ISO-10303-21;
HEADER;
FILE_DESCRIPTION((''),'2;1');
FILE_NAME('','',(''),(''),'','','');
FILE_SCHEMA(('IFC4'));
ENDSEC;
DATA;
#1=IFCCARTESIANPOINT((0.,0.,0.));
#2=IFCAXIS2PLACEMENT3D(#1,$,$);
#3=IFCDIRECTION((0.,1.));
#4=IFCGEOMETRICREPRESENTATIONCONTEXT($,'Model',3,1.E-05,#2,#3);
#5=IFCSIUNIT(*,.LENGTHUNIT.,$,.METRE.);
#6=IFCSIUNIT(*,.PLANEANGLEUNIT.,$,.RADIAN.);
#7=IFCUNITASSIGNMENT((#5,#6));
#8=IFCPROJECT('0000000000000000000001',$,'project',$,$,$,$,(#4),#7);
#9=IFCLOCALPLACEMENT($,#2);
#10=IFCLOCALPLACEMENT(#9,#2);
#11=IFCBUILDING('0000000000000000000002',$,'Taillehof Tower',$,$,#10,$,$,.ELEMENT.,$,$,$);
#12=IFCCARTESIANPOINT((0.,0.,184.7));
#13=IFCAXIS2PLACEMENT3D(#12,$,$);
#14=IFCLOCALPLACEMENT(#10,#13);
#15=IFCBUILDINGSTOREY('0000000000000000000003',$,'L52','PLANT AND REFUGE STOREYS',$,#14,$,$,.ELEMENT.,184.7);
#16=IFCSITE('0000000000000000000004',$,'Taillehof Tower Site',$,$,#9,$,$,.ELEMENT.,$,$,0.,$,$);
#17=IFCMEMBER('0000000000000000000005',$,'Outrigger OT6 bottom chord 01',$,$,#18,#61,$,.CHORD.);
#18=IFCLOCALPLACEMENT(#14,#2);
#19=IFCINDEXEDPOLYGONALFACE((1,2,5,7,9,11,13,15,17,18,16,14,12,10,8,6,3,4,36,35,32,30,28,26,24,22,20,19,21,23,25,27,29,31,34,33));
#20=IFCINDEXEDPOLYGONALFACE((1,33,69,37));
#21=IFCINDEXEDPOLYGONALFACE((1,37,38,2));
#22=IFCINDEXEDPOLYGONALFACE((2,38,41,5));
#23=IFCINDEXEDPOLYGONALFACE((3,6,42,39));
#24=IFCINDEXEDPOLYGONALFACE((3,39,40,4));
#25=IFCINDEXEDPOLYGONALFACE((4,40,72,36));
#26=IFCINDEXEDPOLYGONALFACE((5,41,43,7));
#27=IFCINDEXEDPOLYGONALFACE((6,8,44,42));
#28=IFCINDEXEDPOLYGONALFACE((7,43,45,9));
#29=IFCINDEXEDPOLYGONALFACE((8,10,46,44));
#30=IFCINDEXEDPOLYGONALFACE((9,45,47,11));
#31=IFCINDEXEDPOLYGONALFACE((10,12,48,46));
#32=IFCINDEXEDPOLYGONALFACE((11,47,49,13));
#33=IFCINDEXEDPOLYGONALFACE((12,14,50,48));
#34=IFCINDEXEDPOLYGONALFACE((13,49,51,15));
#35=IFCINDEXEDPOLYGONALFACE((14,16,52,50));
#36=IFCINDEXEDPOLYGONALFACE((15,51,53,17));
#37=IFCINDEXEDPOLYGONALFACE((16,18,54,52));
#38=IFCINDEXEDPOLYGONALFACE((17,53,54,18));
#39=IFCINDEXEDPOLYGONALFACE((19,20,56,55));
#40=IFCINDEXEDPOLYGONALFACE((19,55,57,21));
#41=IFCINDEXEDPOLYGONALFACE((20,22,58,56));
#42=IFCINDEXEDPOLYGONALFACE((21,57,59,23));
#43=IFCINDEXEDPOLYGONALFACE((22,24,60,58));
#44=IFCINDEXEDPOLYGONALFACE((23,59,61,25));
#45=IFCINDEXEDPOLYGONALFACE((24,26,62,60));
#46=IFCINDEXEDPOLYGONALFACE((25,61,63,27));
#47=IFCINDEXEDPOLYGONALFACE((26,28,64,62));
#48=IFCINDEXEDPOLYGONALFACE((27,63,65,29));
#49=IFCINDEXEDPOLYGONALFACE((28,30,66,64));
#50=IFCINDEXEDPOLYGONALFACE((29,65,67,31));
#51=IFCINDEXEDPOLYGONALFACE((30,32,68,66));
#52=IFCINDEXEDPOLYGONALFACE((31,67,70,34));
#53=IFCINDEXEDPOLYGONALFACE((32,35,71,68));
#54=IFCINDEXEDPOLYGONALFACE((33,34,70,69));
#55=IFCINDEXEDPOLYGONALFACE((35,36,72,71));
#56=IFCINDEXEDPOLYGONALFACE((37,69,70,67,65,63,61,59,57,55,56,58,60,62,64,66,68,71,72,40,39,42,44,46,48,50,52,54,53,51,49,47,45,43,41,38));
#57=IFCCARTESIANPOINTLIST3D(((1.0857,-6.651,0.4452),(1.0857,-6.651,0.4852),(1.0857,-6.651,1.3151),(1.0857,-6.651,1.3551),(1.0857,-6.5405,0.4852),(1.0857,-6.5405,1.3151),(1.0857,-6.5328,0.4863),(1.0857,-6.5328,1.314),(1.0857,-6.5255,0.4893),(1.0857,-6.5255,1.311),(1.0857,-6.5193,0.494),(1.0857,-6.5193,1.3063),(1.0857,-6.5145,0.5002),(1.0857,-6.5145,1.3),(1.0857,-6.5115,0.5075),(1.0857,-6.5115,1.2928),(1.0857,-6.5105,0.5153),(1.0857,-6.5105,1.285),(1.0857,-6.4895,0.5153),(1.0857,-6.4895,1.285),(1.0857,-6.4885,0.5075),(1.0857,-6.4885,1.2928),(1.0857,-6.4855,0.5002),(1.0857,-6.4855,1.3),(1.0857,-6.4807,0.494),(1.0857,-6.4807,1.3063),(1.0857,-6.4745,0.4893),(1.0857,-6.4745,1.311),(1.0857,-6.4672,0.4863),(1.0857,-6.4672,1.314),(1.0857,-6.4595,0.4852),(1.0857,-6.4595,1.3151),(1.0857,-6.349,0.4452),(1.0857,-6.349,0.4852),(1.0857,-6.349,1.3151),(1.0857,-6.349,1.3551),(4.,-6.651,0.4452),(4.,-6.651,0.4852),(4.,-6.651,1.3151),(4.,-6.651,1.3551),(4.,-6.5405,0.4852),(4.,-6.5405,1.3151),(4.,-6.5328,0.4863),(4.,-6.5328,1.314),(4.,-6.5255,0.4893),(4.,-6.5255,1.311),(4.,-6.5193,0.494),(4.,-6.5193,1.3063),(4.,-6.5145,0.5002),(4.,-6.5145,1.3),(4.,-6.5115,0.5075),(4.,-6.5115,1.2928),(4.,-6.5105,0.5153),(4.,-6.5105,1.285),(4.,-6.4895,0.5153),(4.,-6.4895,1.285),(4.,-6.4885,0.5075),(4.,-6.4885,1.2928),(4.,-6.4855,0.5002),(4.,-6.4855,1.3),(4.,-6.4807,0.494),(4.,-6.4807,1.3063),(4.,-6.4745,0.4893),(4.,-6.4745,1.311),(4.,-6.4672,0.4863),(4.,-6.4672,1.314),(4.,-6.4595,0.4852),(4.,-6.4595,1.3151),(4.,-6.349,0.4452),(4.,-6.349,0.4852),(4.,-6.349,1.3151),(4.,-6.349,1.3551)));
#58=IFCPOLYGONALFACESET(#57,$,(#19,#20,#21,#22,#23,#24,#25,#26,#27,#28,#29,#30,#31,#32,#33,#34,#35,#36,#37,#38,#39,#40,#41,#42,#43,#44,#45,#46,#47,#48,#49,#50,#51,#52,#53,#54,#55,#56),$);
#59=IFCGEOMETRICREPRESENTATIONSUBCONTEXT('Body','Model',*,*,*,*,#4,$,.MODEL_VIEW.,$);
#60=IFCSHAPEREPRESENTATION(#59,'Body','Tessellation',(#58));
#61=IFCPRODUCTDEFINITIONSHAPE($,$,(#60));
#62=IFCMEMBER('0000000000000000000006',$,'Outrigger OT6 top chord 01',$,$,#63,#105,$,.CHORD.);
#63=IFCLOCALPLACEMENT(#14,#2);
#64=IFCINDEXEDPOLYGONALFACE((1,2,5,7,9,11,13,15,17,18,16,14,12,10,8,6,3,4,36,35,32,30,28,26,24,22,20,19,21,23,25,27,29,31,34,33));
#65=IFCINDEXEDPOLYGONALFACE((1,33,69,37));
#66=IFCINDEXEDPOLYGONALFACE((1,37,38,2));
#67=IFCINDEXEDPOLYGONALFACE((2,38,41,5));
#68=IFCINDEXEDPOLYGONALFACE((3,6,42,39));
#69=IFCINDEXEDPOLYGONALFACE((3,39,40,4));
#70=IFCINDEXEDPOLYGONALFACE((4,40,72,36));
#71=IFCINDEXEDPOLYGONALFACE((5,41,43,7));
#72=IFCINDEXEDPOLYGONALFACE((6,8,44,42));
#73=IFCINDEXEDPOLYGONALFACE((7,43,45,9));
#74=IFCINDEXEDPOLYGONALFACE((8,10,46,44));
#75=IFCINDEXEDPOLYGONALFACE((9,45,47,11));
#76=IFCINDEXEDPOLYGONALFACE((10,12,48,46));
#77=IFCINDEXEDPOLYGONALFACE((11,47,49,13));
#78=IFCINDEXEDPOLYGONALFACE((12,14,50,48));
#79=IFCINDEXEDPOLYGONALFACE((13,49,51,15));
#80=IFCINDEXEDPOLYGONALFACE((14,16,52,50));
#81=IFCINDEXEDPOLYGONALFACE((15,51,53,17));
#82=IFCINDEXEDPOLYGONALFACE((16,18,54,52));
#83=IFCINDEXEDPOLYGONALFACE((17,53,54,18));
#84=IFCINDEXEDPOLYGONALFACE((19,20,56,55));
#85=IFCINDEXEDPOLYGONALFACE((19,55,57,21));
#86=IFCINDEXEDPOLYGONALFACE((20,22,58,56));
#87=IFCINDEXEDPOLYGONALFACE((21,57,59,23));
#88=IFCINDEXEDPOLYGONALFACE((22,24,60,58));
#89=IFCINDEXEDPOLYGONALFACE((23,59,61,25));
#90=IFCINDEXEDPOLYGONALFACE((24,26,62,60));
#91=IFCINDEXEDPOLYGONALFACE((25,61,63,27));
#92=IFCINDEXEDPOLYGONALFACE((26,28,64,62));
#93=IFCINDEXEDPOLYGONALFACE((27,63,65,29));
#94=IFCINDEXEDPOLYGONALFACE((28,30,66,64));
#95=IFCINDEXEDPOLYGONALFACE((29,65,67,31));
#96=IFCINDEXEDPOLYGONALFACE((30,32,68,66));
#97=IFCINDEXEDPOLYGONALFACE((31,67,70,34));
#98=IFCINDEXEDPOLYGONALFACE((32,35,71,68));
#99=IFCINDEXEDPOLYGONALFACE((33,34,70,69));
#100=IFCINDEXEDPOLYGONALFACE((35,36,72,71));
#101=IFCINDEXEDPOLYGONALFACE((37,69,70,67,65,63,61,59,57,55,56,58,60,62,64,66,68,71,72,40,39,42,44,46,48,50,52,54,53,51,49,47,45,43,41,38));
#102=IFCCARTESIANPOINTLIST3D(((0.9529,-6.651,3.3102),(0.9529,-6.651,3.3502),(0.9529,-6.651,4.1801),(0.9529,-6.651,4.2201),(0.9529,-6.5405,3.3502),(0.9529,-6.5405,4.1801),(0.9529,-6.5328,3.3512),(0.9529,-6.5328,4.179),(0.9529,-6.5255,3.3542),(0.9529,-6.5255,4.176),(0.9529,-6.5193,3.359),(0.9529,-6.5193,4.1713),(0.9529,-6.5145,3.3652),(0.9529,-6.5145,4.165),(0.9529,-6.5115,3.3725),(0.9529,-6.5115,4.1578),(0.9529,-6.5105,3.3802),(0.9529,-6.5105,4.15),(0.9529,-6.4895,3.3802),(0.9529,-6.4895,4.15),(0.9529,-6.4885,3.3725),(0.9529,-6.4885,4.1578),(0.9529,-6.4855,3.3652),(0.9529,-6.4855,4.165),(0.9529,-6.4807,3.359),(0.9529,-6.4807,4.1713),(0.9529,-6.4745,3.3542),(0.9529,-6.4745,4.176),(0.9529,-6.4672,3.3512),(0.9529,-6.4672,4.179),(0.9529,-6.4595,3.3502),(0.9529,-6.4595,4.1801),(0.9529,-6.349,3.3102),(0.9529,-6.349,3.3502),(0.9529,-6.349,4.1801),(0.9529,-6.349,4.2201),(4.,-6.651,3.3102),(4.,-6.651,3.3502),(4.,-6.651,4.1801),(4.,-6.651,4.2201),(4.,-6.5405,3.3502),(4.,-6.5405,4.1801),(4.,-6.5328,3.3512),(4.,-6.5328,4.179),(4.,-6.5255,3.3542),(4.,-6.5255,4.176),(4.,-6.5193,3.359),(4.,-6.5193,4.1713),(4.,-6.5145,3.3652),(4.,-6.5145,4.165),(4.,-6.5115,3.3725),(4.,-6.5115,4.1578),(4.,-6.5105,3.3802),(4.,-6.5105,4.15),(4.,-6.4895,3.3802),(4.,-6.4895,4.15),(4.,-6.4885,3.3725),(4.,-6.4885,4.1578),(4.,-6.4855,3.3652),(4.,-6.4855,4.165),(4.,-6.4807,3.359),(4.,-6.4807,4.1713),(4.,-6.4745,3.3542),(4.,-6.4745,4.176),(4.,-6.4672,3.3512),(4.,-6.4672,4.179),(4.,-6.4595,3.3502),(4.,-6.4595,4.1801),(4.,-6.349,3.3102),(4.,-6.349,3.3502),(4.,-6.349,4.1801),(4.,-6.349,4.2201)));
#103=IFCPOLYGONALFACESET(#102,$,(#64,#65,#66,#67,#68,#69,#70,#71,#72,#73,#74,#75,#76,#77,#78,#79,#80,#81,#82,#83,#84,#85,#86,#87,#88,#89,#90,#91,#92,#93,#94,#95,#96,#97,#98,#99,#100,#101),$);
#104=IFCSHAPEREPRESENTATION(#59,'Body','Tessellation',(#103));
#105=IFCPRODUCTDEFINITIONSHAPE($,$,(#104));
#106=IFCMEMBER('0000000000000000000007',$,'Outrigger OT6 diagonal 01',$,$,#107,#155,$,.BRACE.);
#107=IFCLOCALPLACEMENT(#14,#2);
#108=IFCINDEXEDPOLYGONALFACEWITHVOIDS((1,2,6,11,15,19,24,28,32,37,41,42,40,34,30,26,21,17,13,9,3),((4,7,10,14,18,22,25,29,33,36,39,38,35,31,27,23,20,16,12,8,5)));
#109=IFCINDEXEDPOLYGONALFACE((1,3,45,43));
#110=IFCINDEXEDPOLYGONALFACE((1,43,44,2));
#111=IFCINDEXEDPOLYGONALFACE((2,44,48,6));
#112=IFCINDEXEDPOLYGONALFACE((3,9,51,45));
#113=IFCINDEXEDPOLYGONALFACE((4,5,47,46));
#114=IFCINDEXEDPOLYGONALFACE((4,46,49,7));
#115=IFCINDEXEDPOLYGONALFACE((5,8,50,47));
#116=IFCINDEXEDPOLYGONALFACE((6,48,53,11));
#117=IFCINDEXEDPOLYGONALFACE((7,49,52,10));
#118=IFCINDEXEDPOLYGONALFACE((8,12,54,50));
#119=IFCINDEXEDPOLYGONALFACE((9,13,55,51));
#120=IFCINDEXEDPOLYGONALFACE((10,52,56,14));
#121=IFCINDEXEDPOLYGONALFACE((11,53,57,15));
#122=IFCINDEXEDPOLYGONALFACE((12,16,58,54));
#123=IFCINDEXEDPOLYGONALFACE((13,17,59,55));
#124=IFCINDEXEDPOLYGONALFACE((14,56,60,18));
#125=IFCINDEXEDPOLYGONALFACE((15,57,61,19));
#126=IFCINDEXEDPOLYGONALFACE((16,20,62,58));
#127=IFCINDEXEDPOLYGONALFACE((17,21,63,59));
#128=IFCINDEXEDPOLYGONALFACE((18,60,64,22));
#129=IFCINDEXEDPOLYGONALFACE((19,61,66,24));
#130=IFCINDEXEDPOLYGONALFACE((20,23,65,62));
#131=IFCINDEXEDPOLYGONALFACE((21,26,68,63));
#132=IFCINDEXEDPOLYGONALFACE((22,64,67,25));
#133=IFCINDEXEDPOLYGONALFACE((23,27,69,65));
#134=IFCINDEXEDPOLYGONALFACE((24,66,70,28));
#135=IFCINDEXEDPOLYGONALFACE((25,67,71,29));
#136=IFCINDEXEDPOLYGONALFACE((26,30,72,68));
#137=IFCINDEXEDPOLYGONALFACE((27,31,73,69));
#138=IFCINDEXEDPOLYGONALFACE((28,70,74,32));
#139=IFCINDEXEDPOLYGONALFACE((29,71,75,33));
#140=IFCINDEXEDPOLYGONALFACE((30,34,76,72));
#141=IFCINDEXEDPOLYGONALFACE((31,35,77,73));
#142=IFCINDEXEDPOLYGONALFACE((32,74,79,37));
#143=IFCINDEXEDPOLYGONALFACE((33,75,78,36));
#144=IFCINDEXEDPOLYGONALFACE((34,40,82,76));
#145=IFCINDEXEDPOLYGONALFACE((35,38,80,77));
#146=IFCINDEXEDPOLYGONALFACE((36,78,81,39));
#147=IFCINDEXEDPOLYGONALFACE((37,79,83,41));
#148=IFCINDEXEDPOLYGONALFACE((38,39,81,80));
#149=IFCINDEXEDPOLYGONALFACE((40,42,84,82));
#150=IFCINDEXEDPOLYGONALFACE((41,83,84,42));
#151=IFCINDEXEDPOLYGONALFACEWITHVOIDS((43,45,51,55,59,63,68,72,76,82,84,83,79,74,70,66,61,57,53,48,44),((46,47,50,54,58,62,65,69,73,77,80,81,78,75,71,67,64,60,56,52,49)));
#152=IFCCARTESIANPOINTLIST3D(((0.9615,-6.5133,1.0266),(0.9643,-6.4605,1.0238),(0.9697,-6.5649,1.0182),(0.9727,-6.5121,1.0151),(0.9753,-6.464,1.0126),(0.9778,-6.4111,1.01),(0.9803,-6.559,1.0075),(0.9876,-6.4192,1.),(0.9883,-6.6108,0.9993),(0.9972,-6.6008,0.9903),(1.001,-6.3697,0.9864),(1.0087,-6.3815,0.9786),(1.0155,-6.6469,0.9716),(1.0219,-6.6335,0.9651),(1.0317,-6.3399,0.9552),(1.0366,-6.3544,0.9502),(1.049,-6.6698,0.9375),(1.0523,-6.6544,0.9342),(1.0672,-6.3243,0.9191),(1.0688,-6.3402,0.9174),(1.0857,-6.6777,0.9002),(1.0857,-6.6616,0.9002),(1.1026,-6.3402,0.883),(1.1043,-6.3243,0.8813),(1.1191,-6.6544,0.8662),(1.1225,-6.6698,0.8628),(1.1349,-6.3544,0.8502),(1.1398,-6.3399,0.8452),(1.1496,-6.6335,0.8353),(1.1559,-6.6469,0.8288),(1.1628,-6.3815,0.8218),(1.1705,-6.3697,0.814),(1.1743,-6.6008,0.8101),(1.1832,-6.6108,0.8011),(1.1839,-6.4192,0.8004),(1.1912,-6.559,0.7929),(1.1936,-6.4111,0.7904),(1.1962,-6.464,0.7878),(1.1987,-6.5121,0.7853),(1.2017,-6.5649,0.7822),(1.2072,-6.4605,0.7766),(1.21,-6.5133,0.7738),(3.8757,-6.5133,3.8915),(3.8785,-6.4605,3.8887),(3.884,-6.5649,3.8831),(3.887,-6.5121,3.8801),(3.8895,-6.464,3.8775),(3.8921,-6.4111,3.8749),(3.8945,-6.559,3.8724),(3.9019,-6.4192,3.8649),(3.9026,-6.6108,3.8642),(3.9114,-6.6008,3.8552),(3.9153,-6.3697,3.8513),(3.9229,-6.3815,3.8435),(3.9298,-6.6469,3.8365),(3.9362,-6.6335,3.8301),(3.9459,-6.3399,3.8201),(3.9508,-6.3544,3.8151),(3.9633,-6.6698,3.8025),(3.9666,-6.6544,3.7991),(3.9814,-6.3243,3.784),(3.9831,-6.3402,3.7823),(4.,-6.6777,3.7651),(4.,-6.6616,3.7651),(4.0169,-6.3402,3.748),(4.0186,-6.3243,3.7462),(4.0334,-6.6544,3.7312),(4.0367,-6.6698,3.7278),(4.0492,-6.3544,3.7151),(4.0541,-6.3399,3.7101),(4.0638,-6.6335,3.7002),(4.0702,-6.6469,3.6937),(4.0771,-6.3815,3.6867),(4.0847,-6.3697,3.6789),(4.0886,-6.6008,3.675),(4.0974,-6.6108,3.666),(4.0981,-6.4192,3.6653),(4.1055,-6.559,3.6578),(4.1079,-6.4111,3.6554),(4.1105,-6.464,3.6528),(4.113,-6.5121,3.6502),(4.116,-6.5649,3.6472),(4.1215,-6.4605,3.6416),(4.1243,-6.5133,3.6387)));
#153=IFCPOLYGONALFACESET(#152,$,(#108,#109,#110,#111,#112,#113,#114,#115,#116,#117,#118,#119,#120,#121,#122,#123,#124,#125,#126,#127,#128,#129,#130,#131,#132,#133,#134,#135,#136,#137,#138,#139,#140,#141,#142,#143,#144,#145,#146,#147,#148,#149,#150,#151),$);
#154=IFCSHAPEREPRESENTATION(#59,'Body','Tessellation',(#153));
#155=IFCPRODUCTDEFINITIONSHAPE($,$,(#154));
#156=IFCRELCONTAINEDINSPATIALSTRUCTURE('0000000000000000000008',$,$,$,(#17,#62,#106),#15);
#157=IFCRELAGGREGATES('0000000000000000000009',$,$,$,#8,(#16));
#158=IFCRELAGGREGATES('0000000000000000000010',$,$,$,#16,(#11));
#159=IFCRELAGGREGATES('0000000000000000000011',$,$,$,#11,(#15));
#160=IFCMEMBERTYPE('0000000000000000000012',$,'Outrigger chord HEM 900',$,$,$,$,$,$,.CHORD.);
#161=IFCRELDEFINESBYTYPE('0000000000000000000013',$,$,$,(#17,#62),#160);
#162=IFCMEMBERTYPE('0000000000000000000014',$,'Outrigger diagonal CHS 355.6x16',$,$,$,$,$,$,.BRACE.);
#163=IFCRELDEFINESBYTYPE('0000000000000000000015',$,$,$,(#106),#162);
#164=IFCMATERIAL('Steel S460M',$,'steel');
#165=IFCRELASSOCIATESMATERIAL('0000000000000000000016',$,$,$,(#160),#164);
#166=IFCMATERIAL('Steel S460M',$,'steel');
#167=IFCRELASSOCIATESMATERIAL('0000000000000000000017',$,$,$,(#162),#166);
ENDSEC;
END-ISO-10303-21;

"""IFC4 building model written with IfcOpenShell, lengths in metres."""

from ifc_helpers import new_model, si_unit, direction, frame, origin, origin_2d, place, context, subcontext, project, spatial, hollow_circle, i_section, extrude, material, material_profile, profile_set, type_object, element, save


model = new_model("IFC4")

# Units and contexts
model_context = context("Model", 3, precision=1e-05, world=origin(), true_north=direction((0.0, 1.0)))
body_context = subcontext(model_context, "Body", "Model", "MODEL_VIEW")
ifc_project = project(units=[si_unit("LENGTHUNIT", "METRE"), si_unit("PLANEANGLEUNIT", "RADIAN")], contexts=[model_context])

# Site, building, storey
site_placement = place(None, origin())
site = spatial("IfcSite", under=ifc_project, at=site_placement, Name="Taillehof Tower Site", CompositionType="ELEMENT", RefElevation=0.0)
building_placement = place(site_placement, origin())
building = spatial("IfcBuilding", under=site, at=building_placement, Name="Taillehof Tower", CompositionType="ELEMENT")
storey_placement = place(building_placement, frame((0.0, 0.0, 184.7)))
storey = spatial("IfcBuildingStorey", under=building, at=storey_placement, Name="L52", Description="PLANT AND REFUGE STOREYS", CompositionType="ELEMENT", Elevation=184.7)

# Members
ifc_material_1 = material(Name="Steel S460M", Category="steel")
ifc_material_profile_1 = material_profile(ifc_material_1, i_section(OverallWidth=0.302, OverallDepth=0.9099, WebThickness=0.021, FlangeThickness=0.04, FilletRadius=0.03, at=origin_2d()), Name="HEM 900")
ifc_profile_set_1 = profile_set([ifc_material_profile_1], Name="Steel S460M")
member_type_1 = type_object("IfcMemberType", Name="Outrigger chord HEM 900", PredefinedType="CHORD", material=ifc_profile_set_1)
member_1_placement = place(storey_placement, frame((4.0, -6.5, 0.9001), z_axis=(-1.0, 0.0, 0.0), x_axis=(0.0, -1.0, 0.0)))
element("IfcMember", 1, at=member_1_placement, inside=storey, type_object=member_type_1, Name="Outrigger OT6 bottom chord 01", PredefinedType="CHORD", context=body_context, shape_type="SweptSolid", body=[
    extrude(i_section(OverallWidth=0.302, OverallDepth=0.9099, WebThickness=0.021, FlangeThickness=0.04, FilletRadius=0.03, at=origin_2d()), origin(), (0.0, 0.0, 1.0), 2.9143),
])
member_2_placement = place(storey_placement, frame((4.0, -6.5, 3.7651), z_axis=(-1.0, 0.0, 0.0), x_axis=(0.0, -1.0, 0.0)))
element("IfcMember", 2, at=member_2_placement, inside=storey, type_object=member_type_1, Name="Outrigger OT6 top chord 01", PredefinedType="CHORD", context=body_context, shape_type="SweptSolid", body=[
    extrude(i_section(OverallWidth=0.302, OverallDepth=0.9099, WebThickness=0.021, FlangeThickness=0.04, FilletRadius=0.03, at=origin_2d()), origin(), (0.0, 0.0, 1.0), 3.0471),
])
ifc_material_2 = material(Name="Steel S460M", Category="steel")
ifc_material_profile_2 = material_profile(ifc_material_2, hollow_circle(Radius=0.1777, WallThickness=0.0161, at=origin_2d()), Name="CHS 355.6x16")
ifc_profile_set_2 = profile_set([ifc_material_profile_2], Name="Steel S460M")
member_type_2 = type_object("IfcMemberType", Name="Outrigger diagonal CHS 355.6x16", PredefinedType="BRACE", material=ifc_profile_set_2)
member_3_placement = place(storey_placement, frame((4.0, -6.5, 3.7651), z_axis=(-0.713115, 0.0, -0.701047), x_axis=(0.0, -1.0, 0.0)))
element("IfcMember", 3, at=member_3_placement, inside=storey, type_object=member_type_2, Name="Outrigger OT6 diagonal 01", PredefinedType="BRACE", context=body_context, shape_type="SweptSolid", body=[
    extrude(hollow_circle(Radius=0.1777, WallThickness=0.0161, at=origin_2d()), origin(), (0.0, 0.0, 1.0), 4.0867),
])

save(model, "model.ifc")
